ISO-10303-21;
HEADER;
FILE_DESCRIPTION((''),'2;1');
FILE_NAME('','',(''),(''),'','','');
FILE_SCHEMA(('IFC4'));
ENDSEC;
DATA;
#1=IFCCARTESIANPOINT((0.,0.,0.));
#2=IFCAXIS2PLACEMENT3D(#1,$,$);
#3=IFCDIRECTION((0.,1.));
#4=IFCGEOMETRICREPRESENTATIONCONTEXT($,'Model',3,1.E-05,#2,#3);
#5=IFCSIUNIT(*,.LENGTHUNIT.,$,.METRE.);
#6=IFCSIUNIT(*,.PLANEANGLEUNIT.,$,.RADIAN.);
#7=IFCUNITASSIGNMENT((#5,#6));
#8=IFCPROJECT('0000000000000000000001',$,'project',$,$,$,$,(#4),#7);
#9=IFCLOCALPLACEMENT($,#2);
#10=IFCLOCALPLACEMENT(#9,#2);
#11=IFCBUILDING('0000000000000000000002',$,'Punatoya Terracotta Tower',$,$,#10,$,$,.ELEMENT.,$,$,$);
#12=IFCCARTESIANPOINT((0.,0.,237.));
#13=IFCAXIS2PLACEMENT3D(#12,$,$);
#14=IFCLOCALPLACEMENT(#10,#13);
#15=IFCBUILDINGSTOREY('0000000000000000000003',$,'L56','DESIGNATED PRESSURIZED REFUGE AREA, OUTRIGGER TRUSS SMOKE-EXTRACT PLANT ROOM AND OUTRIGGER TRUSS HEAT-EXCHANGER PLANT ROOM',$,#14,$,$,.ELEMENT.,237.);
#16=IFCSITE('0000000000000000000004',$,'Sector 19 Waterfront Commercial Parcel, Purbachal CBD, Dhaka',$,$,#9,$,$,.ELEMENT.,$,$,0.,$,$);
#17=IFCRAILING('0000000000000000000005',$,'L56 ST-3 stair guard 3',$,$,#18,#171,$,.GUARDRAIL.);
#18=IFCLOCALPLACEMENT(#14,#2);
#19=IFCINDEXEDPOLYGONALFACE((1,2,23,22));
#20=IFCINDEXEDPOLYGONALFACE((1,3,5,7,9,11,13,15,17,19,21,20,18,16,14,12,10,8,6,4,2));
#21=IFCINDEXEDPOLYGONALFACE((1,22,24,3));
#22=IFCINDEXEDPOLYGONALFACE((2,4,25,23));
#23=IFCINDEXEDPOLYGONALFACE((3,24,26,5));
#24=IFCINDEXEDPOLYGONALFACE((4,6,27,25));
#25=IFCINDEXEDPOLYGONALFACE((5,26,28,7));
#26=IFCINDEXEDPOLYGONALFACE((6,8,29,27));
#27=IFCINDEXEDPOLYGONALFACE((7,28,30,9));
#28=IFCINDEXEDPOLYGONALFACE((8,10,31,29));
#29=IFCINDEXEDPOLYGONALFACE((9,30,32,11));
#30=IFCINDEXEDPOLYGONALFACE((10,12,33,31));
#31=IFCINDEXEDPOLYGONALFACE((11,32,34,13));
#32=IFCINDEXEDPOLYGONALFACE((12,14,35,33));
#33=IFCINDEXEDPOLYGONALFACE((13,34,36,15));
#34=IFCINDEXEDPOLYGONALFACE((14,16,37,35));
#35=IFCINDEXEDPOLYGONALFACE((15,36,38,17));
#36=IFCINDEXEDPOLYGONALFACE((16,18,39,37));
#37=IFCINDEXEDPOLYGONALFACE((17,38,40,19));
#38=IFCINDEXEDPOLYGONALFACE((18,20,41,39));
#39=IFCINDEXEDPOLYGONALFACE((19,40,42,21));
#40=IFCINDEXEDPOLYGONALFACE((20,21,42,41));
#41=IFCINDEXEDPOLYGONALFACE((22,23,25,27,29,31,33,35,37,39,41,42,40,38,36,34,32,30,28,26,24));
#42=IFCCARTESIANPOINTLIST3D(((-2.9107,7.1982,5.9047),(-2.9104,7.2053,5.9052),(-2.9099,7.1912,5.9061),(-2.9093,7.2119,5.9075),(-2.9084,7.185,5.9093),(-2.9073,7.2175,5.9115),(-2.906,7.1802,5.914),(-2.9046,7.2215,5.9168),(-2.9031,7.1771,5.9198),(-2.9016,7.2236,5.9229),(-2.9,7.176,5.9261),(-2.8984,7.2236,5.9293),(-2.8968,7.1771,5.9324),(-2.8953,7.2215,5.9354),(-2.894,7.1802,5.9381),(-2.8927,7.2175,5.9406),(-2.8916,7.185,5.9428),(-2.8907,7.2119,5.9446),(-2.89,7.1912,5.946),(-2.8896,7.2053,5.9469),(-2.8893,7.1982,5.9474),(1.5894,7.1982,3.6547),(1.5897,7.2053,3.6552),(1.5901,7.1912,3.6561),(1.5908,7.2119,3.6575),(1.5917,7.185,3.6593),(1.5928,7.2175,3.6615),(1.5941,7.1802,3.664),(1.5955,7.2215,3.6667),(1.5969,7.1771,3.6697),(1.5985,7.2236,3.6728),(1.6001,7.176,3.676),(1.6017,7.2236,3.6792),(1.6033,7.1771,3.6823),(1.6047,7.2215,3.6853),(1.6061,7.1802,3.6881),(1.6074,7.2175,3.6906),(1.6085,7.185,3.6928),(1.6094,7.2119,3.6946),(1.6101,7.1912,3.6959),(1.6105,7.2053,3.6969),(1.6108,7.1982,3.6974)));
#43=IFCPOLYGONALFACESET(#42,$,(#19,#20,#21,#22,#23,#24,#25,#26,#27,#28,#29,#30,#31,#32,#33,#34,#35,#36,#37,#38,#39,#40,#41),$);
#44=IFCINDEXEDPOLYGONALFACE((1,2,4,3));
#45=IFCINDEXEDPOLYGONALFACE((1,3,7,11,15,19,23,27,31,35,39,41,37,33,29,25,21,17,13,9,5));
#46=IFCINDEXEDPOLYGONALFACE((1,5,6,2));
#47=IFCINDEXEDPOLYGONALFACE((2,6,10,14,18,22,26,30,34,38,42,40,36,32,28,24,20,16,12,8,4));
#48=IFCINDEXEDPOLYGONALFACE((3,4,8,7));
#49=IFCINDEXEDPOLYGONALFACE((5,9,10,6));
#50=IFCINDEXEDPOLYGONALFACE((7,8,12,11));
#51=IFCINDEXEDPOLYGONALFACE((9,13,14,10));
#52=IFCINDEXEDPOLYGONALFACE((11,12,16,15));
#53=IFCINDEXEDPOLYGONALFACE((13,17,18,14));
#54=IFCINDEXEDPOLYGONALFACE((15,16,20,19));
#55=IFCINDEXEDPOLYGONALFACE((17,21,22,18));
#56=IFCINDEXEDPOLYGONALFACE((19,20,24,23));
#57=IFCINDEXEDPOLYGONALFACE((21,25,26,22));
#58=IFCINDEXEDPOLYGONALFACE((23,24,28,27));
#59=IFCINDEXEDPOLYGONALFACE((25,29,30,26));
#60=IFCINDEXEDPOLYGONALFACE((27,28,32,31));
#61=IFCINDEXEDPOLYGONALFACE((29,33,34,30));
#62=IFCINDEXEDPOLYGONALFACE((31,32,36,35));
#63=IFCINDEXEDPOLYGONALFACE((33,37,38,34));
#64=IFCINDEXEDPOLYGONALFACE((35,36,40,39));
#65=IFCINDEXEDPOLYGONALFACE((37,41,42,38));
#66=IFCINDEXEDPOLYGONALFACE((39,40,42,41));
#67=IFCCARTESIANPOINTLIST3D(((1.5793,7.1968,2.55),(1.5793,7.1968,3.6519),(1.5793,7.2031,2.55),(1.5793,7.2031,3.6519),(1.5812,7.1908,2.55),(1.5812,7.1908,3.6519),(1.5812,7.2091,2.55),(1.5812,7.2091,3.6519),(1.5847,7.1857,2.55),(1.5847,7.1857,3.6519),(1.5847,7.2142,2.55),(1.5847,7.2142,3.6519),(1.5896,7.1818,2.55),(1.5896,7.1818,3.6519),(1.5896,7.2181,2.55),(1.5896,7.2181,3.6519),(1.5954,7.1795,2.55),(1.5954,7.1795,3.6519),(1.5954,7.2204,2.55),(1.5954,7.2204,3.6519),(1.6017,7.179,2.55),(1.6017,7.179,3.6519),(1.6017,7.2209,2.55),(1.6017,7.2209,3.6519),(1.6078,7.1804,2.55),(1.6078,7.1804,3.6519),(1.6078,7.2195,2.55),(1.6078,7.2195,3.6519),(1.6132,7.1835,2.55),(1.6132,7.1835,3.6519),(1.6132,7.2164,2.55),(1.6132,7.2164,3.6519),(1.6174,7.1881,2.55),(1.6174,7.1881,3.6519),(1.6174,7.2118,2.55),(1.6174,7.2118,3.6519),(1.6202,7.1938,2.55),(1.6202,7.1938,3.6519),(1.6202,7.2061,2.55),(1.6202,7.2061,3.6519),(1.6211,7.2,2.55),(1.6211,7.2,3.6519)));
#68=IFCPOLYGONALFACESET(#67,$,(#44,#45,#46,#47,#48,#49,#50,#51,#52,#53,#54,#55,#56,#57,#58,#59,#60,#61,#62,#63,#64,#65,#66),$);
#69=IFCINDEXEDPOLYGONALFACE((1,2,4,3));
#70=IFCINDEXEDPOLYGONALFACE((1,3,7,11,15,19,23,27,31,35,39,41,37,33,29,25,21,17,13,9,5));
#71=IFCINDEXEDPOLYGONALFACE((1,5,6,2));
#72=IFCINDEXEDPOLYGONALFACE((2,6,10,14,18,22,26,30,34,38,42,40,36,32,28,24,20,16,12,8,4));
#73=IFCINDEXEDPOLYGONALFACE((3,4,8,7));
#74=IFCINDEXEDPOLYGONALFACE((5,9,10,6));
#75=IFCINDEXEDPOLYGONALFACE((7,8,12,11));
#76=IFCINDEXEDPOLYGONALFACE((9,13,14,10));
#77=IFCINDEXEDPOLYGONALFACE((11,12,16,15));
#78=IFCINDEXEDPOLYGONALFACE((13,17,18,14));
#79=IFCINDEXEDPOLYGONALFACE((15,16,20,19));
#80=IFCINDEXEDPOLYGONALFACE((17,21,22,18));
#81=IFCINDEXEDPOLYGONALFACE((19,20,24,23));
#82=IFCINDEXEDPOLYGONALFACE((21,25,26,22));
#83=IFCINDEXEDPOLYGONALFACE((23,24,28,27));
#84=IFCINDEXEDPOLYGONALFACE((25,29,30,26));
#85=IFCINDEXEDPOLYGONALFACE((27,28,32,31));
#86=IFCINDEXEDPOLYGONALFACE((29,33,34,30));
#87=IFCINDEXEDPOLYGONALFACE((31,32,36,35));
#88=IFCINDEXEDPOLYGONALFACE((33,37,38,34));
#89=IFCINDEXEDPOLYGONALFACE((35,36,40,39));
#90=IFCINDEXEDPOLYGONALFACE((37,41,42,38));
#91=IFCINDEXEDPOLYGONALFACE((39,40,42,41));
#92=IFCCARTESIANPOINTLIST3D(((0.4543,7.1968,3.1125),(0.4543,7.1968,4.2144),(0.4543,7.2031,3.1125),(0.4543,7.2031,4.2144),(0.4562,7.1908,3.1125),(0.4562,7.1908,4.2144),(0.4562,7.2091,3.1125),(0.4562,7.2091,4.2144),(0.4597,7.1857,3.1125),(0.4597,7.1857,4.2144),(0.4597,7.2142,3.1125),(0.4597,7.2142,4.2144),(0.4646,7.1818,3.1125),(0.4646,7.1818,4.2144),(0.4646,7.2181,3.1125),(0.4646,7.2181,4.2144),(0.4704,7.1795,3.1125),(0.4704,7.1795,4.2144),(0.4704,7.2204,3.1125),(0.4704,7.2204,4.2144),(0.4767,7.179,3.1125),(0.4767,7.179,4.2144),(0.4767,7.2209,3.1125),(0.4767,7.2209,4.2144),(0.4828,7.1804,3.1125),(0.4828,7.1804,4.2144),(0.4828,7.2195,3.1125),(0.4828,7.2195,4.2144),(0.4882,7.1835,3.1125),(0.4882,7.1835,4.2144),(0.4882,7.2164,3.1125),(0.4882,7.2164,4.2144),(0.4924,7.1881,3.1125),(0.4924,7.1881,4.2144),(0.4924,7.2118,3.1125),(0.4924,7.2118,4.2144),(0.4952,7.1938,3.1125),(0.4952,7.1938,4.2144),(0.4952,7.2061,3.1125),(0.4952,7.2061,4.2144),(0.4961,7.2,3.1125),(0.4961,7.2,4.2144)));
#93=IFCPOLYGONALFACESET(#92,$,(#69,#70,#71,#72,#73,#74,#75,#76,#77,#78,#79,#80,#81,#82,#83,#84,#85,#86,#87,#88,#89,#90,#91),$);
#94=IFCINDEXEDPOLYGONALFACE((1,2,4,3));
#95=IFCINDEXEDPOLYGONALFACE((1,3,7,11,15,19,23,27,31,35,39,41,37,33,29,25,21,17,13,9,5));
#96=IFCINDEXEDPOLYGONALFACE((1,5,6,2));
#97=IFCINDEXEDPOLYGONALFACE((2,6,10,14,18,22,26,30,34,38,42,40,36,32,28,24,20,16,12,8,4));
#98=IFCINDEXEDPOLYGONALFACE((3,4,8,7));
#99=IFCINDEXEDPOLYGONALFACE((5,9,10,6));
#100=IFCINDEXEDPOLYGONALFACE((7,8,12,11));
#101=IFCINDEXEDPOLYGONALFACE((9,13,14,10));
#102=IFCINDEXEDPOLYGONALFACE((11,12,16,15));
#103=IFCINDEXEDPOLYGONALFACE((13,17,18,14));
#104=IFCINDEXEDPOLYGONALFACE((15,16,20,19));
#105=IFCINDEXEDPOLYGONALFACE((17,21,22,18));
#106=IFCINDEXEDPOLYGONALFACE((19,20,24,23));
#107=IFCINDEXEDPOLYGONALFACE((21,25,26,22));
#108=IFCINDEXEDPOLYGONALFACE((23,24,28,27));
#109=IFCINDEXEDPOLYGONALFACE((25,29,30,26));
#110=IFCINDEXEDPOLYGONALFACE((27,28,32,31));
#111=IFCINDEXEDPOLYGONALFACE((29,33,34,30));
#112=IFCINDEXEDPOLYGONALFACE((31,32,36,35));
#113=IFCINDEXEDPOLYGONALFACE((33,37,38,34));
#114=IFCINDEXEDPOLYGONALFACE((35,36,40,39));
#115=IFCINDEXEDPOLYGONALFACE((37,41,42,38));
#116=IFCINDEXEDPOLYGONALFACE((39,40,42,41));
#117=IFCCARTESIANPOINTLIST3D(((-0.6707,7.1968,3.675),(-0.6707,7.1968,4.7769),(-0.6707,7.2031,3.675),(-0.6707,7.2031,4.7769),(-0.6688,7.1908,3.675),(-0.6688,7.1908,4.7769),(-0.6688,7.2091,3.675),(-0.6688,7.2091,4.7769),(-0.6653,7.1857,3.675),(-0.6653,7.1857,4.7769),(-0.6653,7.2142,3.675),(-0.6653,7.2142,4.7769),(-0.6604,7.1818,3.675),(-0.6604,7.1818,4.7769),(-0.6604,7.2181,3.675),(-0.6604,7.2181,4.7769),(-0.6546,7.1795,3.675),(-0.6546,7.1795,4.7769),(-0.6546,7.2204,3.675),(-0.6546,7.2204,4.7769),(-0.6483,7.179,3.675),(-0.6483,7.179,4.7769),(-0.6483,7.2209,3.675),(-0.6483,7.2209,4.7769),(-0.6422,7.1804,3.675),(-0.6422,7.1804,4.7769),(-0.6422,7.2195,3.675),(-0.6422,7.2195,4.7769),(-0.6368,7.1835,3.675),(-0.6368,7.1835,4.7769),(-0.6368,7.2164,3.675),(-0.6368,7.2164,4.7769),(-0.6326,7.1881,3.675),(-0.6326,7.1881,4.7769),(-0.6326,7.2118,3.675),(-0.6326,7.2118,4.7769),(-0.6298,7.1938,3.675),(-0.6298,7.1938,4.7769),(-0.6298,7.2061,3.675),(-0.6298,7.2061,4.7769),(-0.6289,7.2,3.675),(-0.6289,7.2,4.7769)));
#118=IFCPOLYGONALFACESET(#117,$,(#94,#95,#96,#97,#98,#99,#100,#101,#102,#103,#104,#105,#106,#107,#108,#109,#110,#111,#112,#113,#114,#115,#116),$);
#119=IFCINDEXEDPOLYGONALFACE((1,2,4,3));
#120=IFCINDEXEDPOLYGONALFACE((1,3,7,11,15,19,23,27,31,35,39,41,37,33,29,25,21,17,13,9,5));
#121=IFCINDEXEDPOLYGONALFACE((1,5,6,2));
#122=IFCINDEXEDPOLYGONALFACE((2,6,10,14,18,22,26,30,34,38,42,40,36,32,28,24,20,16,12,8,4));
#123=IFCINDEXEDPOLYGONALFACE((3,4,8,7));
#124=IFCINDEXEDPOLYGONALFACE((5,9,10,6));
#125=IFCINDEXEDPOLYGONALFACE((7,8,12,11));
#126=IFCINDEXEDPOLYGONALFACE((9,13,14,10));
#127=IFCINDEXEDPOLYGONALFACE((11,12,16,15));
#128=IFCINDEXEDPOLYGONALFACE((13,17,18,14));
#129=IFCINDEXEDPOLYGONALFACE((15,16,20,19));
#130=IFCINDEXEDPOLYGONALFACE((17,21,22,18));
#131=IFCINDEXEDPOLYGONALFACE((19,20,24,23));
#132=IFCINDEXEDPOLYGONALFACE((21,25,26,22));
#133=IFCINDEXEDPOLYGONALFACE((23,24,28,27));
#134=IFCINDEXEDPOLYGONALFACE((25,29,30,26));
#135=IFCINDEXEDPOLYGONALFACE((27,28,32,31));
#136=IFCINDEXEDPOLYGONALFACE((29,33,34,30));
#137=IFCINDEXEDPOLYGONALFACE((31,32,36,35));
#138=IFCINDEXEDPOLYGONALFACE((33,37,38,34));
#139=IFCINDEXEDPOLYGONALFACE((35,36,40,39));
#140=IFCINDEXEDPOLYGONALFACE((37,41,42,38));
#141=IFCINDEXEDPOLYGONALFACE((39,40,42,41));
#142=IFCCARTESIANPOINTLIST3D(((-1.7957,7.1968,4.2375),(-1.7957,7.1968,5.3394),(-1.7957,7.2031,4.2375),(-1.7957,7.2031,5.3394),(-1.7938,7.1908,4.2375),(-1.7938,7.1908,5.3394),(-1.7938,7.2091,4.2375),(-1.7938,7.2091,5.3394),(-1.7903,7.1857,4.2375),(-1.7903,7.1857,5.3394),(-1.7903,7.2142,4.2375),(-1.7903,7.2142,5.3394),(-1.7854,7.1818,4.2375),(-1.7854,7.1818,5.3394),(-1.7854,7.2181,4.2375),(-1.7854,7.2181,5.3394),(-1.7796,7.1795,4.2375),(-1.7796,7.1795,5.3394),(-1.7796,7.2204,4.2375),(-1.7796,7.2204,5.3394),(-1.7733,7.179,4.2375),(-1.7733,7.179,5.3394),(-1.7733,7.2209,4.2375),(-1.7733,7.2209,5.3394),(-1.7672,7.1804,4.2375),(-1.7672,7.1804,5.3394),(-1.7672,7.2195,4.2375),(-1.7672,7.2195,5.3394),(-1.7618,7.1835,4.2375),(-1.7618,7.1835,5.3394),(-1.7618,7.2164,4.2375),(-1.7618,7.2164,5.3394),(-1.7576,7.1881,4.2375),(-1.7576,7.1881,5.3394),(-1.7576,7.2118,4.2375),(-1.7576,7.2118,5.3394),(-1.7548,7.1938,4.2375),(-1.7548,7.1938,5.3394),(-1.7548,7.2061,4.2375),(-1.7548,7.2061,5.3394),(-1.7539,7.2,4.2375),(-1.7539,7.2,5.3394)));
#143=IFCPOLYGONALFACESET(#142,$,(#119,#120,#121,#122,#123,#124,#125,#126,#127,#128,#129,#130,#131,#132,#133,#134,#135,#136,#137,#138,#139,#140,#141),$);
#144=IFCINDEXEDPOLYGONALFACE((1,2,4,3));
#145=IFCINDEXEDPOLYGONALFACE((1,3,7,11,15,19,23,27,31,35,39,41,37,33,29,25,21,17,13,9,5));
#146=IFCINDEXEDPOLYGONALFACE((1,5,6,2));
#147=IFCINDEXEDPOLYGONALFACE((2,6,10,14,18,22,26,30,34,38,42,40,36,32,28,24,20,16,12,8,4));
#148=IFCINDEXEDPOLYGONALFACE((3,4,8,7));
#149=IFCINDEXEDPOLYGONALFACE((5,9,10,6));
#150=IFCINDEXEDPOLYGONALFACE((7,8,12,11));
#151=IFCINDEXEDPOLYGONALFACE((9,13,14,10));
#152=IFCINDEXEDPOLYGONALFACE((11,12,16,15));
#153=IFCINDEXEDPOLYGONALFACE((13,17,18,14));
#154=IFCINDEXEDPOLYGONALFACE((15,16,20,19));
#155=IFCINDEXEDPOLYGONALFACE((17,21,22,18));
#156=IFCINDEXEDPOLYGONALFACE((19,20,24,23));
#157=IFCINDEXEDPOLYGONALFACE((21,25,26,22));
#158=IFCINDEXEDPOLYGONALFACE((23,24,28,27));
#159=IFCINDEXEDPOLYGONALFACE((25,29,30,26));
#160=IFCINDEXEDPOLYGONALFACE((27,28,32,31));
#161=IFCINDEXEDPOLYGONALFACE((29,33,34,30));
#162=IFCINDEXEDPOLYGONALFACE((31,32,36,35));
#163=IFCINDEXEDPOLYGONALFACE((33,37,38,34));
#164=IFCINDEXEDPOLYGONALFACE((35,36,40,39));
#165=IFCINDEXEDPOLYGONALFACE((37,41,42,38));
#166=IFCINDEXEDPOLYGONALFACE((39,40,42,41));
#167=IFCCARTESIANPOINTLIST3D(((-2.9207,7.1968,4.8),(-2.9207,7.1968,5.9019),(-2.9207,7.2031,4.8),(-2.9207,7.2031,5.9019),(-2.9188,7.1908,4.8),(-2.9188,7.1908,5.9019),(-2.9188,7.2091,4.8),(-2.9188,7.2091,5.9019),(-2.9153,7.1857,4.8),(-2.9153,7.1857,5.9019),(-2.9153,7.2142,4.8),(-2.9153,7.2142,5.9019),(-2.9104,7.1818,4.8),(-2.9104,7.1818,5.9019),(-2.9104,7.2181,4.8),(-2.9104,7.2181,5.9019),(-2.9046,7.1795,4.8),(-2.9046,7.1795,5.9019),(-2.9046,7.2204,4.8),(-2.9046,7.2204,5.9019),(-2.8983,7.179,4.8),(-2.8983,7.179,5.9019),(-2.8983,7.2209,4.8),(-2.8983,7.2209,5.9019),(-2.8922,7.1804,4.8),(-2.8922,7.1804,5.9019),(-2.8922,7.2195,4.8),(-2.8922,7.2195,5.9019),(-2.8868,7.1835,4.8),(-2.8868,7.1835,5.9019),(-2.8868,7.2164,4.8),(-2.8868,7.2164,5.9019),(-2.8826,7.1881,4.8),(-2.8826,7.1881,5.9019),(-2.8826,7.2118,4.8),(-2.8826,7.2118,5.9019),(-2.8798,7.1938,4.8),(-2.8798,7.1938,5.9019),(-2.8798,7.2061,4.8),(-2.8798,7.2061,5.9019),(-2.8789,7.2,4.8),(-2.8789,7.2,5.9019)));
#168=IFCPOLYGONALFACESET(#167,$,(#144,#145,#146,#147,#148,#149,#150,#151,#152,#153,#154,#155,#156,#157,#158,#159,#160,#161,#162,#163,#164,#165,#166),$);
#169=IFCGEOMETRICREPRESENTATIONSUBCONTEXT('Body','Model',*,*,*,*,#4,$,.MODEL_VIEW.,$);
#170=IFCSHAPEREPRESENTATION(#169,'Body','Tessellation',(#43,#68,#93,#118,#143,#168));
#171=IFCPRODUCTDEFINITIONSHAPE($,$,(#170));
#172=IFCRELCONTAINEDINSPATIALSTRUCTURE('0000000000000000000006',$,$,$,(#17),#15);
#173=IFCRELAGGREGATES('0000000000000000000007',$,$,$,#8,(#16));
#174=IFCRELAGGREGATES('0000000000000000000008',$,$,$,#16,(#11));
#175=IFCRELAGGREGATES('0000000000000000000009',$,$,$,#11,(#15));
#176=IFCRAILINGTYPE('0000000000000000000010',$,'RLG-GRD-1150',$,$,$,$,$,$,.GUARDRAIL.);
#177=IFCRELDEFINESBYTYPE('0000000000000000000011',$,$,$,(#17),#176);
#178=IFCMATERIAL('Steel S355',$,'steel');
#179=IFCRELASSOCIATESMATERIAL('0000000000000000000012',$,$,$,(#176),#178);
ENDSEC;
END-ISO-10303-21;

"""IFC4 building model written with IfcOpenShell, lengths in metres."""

from ifc_helpers import new_model, si_unit, direction, frame, origin, origin_2d, place, context, subcontext, project, spatial, circle, extrude, material, type_object, element, save


model = new_model("IFC4")

# Units and contexts
model_context = context("Model", 3, precision=1e-05, world=origin(), true_north=direction((0.0, 1.0)))
body_context = subcontext(model_context, "Body", "Model", "MODEL_VIEW")
ifc_project = project(units=[si_unit("LENGTHUNIT", "METRE"), si_unit("PLANEANGLEUNIT", "RADIAN")], contexts=[model_context])

# Site, building, storey
site_placement = place(None, origin())
site = spatial("IfcSite", under=ifc_project, at=site_placement, Name="Sector 19 Waterfront Commercial Parcel, Purbachal CBD, Dhaka", CompositionType="ELEMENT", RefElevation=0.0)
building_placement = place(site_placement, origin())
building = spatial("IfcBuilding", under=site, at=building_placement, Name="Punatoya Terracotta Tower", CompositionType="ELEMENT")
storey_placement = place(building_placement, frame((0.0, 0.0, 237.0)))
storey = spatial("IfcBuildingStorey", under=building, at=storey_placement, Name="L56", Description="DESIGNATED PRESSURIZED REFUGE AREA, OUTRIGGER TRUSS SMOKE-EXTRACT PLANT ROOM AND OUTRIGGER TRUSS HEAT-EXCHANGER PLANT ROOM", CompositionType="ELEMENT", Elevation=237.0)

# Shared definitions
ifc_material_1 = material(Name="Steel S355", Category="steel")

# Railing
railing_type_1 = type_object("IfcRailingType", Name="RLG-GRD-1150", PredefinedType="GUARDRAIL", material=ifc_material_1)
railing_1_placement = place(storey_placement, frame((1.6001, 7.2, 2.55)))
element("IfcRailing", 1, at=railing_1_placement, inside=storey, type_object=railing_type_1, Name="L56 ST-3 stair guard 3", PredefinedType="GUARDRAIL", context=body_context, shape_type="SweptSolid", body=[
    extrude(circle(Radius=0.0239, at=origin_2d()), frame((0.0, 0.0, 1.126), z_axis=(-0.894427, 0.0, 0.447214), x_axis=(0.0, -1.0, 0.0)), (0.0, 0.0, 1.0), 5.0312),
    extrude(circle(Radius=0.021, at=origin_2d()), origin(), (0.0, 0.0, 1.0), 1.1018),
    extrude(circle(Radius=0.021, at=origin_2d()), frame((-1.125, 0.0, 0.5625)), (0.0, 0.0, 1.0), 1.1018),
    extrude(circle(Radius=0.021, at=origin_2d()), frame((-2.25, 0.0, 1.125)), (0.0, 0.0, 1.0), 1.1018),
    extrude(circle(Radius=0.021, at=origin_2d()), frame((-3.375, 0.0, 1.6875)), (0.0, 0.0, 1.0), 1.1018),
    extrude(circle(Radius=0.021, at=origin_2d()), frame((-4.5, 0.0, 2.25)), (0.0, 0.0, 1.0), 1.1018),
])

save(model, "model.ifc")
